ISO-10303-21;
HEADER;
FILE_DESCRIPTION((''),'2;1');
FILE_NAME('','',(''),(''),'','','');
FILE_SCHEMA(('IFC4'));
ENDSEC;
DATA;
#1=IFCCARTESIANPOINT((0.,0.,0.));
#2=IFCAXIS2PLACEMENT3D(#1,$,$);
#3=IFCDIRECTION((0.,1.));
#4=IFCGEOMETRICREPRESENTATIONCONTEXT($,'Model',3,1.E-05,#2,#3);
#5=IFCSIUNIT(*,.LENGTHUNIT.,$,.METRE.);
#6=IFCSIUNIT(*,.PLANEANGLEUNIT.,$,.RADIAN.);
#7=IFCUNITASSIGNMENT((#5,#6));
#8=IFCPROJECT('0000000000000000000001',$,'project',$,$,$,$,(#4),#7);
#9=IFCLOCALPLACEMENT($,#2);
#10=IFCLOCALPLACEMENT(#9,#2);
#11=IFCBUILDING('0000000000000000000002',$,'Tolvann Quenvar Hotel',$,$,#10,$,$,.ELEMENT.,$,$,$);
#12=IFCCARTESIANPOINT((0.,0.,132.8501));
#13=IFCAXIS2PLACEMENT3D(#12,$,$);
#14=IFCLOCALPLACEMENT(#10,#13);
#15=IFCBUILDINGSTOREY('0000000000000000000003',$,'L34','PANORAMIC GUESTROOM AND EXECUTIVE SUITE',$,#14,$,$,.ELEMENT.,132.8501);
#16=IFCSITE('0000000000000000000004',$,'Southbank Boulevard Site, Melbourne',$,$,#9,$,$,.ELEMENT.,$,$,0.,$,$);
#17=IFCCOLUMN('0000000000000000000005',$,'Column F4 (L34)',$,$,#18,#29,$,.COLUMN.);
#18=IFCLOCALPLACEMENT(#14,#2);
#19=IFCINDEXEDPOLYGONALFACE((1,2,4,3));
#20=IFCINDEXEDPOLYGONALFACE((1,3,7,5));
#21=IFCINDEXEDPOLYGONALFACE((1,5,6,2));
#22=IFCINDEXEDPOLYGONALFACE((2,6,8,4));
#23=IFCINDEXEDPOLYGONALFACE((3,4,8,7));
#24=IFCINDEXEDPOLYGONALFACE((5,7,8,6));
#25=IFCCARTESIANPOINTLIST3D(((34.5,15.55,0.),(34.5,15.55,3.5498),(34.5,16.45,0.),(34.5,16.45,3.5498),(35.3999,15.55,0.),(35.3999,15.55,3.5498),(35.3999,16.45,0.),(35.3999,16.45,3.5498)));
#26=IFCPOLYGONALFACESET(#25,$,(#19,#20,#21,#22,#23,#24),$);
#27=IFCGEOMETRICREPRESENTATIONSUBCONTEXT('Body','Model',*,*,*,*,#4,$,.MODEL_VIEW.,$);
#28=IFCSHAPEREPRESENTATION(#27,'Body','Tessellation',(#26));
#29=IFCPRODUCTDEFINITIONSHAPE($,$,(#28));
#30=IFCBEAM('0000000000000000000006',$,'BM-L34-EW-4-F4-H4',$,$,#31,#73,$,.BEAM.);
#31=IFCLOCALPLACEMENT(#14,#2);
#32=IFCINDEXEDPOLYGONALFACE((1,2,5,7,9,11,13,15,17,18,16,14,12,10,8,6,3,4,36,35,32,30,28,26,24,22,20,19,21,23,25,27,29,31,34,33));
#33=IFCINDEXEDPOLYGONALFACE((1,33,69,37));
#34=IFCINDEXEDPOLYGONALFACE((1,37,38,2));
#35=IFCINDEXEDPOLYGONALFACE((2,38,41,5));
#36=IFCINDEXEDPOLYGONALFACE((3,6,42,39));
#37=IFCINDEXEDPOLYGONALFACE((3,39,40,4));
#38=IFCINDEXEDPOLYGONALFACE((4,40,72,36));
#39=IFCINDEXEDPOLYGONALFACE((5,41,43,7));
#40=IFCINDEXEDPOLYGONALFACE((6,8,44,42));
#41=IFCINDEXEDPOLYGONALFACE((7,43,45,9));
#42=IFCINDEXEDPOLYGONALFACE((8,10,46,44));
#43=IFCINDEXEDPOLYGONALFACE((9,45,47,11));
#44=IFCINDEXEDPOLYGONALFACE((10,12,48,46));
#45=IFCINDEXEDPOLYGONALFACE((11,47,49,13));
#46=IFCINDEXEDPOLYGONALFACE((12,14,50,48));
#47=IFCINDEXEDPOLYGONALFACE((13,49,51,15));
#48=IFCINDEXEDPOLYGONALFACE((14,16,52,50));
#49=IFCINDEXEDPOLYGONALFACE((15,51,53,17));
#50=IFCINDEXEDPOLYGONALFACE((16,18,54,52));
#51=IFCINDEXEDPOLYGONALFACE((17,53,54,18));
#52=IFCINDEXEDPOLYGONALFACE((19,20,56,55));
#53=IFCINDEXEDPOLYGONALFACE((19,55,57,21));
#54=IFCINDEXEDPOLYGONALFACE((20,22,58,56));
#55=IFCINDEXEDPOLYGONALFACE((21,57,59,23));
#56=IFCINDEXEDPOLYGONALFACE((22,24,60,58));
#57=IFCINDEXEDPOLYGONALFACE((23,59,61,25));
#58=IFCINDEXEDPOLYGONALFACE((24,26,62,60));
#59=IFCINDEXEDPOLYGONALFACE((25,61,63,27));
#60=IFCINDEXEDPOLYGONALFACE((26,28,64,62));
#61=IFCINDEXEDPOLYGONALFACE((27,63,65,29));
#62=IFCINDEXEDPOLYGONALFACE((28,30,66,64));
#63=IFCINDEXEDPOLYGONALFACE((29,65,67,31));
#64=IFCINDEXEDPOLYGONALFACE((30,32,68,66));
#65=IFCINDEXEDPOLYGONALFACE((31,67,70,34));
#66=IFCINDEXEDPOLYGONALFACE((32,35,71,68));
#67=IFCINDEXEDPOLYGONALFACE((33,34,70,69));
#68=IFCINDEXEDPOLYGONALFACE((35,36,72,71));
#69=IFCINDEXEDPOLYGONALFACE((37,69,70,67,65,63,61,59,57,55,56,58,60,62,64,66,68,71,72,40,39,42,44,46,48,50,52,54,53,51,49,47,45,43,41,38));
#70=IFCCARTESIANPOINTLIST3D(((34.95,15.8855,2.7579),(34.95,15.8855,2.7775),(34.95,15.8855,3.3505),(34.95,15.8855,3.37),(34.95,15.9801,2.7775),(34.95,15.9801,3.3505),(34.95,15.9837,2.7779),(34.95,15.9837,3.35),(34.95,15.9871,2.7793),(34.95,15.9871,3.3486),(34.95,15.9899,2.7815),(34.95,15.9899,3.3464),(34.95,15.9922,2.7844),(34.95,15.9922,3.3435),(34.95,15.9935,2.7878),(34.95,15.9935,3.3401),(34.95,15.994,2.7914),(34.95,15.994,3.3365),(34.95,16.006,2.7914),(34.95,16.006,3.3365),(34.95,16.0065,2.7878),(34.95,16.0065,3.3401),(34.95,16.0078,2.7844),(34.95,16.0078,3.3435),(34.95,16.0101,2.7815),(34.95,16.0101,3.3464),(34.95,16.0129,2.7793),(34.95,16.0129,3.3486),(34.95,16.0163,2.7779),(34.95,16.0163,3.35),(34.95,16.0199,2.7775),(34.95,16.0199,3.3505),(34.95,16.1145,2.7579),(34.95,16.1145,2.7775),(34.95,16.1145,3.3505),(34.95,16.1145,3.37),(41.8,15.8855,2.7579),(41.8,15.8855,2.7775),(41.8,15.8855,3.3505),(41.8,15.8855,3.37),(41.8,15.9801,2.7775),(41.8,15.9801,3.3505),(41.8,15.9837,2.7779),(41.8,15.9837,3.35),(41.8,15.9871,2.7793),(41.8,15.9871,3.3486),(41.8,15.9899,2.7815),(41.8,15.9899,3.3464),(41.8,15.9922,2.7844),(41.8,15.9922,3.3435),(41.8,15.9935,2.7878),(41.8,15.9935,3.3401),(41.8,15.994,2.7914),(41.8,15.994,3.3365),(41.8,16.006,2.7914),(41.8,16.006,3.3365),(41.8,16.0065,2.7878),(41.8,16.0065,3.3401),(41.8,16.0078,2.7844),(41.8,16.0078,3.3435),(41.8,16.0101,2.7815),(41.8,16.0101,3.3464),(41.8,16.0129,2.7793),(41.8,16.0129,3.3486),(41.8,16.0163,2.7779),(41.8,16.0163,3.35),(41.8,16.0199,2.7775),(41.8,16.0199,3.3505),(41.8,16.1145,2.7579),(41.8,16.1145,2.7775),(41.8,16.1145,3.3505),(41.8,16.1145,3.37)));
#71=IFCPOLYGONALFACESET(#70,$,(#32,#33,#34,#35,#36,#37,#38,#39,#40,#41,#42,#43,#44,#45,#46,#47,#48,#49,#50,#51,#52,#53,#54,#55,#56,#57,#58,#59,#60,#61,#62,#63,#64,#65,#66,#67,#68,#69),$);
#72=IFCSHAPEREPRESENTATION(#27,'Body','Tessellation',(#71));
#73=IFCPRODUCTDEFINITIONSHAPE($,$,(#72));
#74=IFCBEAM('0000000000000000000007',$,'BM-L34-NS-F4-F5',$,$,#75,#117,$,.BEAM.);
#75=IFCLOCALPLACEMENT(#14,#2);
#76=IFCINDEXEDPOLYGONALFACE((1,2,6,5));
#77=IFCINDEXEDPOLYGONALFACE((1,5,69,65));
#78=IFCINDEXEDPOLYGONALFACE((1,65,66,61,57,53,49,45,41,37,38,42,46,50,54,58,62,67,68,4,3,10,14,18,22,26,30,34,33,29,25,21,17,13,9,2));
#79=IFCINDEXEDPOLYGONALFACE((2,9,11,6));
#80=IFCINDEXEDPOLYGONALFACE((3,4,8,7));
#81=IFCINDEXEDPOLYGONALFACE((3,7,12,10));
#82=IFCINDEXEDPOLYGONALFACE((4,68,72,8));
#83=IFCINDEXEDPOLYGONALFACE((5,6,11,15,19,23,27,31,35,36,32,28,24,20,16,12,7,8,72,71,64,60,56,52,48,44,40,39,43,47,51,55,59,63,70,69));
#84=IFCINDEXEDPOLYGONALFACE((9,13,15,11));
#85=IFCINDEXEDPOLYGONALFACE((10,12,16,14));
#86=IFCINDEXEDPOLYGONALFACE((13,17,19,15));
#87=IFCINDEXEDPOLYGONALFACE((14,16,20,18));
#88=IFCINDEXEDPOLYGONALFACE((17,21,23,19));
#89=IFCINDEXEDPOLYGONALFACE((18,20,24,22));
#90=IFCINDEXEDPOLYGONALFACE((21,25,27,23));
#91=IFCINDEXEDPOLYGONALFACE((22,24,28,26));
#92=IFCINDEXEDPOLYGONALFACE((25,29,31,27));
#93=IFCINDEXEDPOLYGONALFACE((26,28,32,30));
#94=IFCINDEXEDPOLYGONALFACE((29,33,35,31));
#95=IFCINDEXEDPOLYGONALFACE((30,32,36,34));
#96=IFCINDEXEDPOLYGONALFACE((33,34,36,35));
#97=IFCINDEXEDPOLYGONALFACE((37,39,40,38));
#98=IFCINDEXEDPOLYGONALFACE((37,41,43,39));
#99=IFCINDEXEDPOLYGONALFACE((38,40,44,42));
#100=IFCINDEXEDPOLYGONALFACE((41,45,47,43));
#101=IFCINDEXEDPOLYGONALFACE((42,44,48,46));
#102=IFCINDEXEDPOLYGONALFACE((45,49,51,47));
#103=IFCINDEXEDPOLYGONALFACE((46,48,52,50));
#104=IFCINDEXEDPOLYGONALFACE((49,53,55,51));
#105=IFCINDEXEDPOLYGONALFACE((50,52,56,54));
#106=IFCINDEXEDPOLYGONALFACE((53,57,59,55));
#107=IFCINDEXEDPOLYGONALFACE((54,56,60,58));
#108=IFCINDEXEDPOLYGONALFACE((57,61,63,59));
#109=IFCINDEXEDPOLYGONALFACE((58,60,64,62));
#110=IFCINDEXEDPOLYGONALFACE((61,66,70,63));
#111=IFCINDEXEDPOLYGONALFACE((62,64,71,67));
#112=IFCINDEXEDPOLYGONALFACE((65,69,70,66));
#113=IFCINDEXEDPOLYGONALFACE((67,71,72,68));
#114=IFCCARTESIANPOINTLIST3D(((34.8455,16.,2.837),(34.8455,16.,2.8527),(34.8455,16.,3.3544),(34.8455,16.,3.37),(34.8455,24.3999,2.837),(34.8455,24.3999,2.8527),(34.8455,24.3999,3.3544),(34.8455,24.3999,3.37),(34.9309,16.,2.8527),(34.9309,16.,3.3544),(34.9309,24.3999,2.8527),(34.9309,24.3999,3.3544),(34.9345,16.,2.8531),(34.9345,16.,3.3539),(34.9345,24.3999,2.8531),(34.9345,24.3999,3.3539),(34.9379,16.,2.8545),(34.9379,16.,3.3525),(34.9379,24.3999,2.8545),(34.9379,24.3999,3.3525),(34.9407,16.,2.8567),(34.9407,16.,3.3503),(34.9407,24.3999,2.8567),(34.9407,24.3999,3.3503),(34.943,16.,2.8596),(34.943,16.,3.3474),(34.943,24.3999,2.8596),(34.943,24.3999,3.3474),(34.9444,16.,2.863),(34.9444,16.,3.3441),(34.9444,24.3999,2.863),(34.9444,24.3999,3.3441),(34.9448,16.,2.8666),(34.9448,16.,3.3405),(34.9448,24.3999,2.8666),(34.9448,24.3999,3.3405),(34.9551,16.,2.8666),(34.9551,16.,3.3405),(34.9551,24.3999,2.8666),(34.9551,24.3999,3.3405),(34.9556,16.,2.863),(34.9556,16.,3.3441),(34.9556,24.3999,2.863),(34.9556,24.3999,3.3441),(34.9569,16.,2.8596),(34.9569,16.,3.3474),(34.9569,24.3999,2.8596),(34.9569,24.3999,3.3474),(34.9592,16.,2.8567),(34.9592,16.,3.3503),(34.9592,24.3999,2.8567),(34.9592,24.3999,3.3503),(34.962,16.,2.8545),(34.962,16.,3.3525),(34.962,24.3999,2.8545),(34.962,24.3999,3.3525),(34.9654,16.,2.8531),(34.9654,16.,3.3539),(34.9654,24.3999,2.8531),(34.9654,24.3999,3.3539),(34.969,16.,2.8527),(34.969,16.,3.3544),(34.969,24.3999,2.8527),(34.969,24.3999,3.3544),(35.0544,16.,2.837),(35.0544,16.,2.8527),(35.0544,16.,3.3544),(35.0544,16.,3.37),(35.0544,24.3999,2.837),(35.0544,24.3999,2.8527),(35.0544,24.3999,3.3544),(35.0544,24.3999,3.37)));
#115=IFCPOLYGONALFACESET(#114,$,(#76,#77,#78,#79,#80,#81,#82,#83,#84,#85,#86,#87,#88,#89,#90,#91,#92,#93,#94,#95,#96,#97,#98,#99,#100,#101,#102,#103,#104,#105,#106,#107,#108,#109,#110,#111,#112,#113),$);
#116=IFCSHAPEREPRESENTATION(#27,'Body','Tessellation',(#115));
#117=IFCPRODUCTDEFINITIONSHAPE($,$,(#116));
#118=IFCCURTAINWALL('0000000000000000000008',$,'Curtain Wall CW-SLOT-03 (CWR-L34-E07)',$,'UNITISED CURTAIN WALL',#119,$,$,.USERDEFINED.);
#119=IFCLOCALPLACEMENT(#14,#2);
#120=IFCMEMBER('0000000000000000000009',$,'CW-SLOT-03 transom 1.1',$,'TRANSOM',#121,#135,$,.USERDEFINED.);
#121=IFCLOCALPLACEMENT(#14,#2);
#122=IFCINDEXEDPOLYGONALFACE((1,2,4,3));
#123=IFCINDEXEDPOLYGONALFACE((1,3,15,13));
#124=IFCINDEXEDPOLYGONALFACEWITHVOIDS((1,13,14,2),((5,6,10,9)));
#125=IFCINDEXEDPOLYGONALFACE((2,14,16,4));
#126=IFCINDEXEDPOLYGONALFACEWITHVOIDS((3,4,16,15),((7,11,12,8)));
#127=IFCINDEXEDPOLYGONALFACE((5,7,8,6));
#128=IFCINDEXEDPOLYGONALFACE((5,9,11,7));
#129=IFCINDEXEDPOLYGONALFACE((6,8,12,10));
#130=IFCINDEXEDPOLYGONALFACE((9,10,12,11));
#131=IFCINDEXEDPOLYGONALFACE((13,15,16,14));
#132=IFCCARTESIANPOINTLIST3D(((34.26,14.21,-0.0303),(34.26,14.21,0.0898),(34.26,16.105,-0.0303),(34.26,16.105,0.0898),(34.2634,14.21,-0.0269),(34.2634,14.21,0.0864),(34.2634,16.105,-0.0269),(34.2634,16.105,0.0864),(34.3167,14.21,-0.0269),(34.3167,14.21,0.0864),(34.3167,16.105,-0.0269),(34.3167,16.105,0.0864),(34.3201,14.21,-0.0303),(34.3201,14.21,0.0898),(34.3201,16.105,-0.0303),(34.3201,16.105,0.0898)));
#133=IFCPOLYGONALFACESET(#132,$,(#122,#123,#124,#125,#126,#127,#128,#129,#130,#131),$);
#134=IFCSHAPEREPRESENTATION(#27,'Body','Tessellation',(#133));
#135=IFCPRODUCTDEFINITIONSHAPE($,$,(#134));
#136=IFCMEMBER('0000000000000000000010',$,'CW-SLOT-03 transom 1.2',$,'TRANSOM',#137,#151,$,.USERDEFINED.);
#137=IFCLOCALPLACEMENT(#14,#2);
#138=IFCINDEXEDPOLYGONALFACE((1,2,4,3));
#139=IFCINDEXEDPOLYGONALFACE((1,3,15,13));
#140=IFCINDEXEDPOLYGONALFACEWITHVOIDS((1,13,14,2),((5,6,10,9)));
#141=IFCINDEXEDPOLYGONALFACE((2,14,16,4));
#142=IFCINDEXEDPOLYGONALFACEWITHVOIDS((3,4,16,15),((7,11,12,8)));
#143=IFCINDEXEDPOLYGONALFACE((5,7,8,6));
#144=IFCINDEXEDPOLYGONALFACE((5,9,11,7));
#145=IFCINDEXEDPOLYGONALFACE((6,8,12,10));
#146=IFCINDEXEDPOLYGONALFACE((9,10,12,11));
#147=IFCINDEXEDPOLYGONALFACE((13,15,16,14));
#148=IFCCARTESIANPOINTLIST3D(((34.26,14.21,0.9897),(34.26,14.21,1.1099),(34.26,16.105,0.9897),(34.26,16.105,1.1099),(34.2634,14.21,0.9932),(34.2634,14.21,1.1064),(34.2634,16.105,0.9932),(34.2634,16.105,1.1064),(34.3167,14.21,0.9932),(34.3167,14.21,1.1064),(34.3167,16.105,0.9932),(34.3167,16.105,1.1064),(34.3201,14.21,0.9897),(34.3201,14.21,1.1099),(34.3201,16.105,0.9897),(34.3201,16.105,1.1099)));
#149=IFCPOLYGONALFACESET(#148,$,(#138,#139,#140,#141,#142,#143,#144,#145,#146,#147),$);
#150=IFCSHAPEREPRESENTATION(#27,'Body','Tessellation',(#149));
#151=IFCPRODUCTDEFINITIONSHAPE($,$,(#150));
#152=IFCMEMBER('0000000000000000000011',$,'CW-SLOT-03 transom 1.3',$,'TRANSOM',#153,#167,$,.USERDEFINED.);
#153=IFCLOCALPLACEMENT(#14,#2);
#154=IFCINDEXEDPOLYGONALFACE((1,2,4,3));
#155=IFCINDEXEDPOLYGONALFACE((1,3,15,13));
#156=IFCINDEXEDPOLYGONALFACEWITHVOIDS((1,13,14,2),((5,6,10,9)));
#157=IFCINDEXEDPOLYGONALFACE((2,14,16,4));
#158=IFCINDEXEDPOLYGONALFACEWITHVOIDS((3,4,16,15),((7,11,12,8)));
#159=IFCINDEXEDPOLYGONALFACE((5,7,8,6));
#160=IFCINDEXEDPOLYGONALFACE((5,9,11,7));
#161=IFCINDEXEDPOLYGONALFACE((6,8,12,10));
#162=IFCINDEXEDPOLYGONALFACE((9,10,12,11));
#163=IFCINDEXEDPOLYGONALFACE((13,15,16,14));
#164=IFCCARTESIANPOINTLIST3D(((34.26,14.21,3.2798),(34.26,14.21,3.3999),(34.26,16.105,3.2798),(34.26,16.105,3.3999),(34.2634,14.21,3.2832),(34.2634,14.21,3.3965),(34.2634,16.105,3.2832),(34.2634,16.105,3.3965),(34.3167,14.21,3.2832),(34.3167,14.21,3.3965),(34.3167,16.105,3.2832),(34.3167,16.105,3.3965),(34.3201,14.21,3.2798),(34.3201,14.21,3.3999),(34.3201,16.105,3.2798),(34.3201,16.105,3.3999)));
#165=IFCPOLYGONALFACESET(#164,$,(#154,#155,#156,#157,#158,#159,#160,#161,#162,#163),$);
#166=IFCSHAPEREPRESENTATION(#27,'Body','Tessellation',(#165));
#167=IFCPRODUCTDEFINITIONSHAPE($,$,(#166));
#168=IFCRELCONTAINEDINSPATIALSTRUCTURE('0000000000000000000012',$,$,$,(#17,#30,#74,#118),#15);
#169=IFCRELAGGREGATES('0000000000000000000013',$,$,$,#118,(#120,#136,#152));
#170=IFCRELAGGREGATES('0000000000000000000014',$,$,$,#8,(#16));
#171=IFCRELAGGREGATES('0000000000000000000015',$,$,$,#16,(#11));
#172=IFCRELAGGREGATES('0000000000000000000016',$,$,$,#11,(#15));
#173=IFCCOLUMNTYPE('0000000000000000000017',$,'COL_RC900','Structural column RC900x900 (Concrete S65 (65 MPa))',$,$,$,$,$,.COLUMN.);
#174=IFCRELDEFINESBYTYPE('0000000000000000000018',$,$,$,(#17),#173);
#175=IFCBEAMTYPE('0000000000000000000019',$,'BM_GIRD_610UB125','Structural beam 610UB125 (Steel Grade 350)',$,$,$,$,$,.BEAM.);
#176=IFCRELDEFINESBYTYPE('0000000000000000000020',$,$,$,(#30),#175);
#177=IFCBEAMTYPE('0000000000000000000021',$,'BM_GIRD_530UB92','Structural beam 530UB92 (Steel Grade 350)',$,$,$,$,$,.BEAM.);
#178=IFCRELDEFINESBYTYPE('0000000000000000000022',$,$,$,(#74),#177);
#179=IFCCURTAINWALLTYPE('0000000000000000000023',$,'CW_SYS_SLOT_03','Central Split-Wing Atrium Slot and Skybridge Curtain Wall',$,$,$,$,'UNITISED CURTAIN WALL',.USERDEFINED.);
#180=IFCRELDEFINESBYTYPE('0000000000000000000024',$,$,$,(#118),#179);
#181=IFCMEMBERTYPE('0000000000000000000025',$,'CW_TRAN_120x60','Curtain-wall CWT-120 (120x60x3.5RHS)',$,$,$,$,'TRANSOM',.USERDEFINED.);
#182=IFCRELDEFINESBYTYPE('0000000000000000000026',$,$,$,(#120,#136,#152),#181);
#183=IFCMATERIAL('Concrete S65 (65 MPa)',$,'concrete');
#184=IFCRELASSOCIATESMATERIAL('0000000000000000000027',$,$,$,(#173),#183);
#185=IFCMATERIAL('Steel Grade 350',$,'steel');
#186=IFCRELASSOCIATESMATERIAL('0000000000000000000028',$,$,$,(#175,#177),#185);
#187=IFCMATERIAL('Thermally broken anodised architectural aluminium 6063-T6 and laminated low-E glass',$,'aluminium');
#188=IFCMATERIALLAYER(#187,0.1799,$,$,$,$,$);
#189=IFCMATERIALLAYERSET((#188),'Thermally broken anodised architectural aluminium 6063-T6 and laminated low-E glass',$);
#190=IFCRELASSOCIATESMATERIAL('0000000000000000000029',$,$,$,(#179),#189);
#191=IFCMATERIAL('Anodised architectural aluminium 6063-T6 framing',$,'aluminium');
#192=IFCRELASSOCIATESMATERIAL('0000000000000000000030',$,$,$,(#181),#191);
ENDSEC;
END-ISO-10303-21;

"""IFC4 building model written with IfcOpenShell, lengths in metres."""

from ifc_helpers import new_model, si_unit, direction, frame, origin, origin_2d, place, context, subcontext, project, spatial, rectangle, hollow_rectangle, i_section, extrude, source, transform, mapped, material, layer, layer_set, material_profile, profile_set, type_object, type_shapes, element, aggregate, save


model = new_model("IFC4")

# Units and contexts
model_context = context("Model", 3, precision=1e-05, world=origin(), true_north=direction((0.0, 1.0)))
body_context = subcontext(model_context, "Body", "Model", "MODEL_VIEW")
ifc_project = project(units=[si_unit("LENGTHUNIT", "METRE"), si_unit("PLANEANGLEUNIT", "RADIAN")], contexts=[model_context])

# Site, building, storey
site_placement = place(None, origin())
site = spatial("IfcSite", under=ifc_project, at=site_placement, Name="Southbank Boulevard Site, Melbourne", CompositionType="ELEMENT", RefElevation=0.0)
building_placement = place(site_placement, origin())
building = spatial("IfcBuilding", under=site, at=building_placement, Name="Tolvann Quenvar Hotel", CompositionType="ELEMENT")
storey_placement = place(building_placement, frame((0.0, 0.0, 132.8501)))
storey = spatial("IfcBuildingStorey", under=building, at=storey_placement, Name="L34", Description="PANORAMIC GUESTROOM AND EXECUTIVE SUITE", CompositionType="ELEMENT", Elevation=132.8501)

# Column
ifc_material_1 = material(Name="Concrete S65 (65 MPa)", Category="concrete")
ifc_material_profile_1 = material_profile(ifc_material_1, rectangle(XDim=0.8999, YDim=0.8999, at=origin_2d()), Name="RC900x900")
ifc_profile_set_1 = profile_set([ifc_material_profile_1], Name="Concrete S65 (65 MPa)")
column_type = type_object("IfcColumnType", Name="COL_RC900", Description="Structural column RC900x900 (Concrete S65 (65 MPa))", PredefinedType="COLUMN", material=ifc_profile_set_1)
shared_shape_1 = source(origin(), body_context, "Body", "SweptSolid", [
    extrude(rectangle(XDim=0.8999, YDim=0.8999, at=origin_2d()), origin(), (0.0, 0.0, 1.0), 3.5498),
])
type_shapes(column_type, [shared_shape_1])
column_placement = place(storey_placement, frame((34.95, 16.0, 0.0), z_axis=(0.0, 0.0, 1.0), x_axis=(1.0, 0.0, 0.0)))
element("IfcColumn", 1, at=column_placement, inside=storey, type_object=column_type, Name="Column F4 (L34)", PredefinedType="COLUMN", context=body_context, shape_type="MappedRepresentation", body=[
    mapped(shared_shape_1, transform((0.0, 0.0, 0.0), x_axis=(1.0, 0.0, 0.0), y_axis=(0.0, 1.0, 0.0), z_axis=(0.0, 0.0, 1.0), scale=1.0)),
])

# Beams
ifc_material_2 = material(Name="Steel Grade 350", Category="steel")
ifc_material_profile_2 = material_profile(ifc_material_2, i_section(OverallWidth=0.229, OverallDepth=0.6121, WebThickness=0.012, FlangeThickness=0.0195, FilletRadius=0.0139, at=origin_2d()), Name="610UB125")
ifc_profile_set_2 = profile_set([ifc_material_profile_2], Name="Steel Grade 350")
beam_type_1 = type_object("IfcBeamType", Name="BM_GIRD_610UB125", Description="Structural beam 610UB125 (Steel Grade 350)", PredefinedType="BEAM", material=ifc_profile_set_2)
shared_shape_2 = source(origin(), body_context, "Body", "SweptSolid", [
    extrude(i_section(OverallWidth=0.229, OverallDepth=0.6121, WebThickness=0.012, FlangeThickness=0.0195, FilletRadius=0.0139, at=origin_2d()), origin(), (0.0, 0.0, 1.0), 6.8501),
])
type_shapes(beam_type_1, [shared_shape_2])
beam_1_placement = place(storey_placement, frame((34.95, 16.0, 3.064), z_axis=(1.0, 0.0, 0.0), x_axis=(0.0, 1.0, 0.0)))
element("IfcBeam", 2, at=beam_1_placement, inside=storey, type_object=beam_type_1, Name="BM-L34-EW-4-F4-H4", PredefinedType="BEAM", context=body_context, shape_type="MappedRepresentation", body=[
    mapped(shared_shape_2, transform((0.0, 0.0, 0.0), x_axis=(1.0, 0.0, 0.0), y_axis=(0.0, 1.0, 0.0), z_axis=(0.0, 0.0, 1.0), scale=1.0)),
])
ifc_material_profile_3 = material_profile(ifc_material_2, i_section(OverallWidth=0.209, OverallDepth=0.533, WebThickness=0.0103, FlangeThickness=0.0156, FilletRadius=0.0139, at=origin_2d()), Name="530UB92")
ifc_profile_set_3 = profile_set([ifc_material_profile_3], Name="Steel Grade 350")
beam_type_2 = type_object("IfcBeamType", Name="BM_GIRD_530UB92", Description="Structural beam 530UB92 (Steel Grade 350)", PredefinedType="BEAM", material=ifc_profile_set_3)
shared_shape_3 = source(origin(), body_context, "Body", "SweptSolid", [
    extrude(i_section(OverallWidth=0.209, OverallDepth=0.533, WebThickness=0.0103, FlangeThickness=0.0156, FilletRadius=0.0139, at=origin_2d()), origin(), (0.0, 0.0, 1.0), 8.3999),
])
type_shapes(beam_type_2, [shared_shape_3])
beam_2_placement = place(storey_placement, frame((34.95, 16.0, 3.1035), z_axis=(0.0, 1.0, 0.0), x_axis=(-1.0, 0.0, 0.0)))
element("IfcBeam", 3, at=beam_2_placement, inside=storey, type_object=beam_type_2, Name="BM-L34-NS-F4-F5", PredefinedType="BEAM", context=body_context, shape_type="MappedRepresentation", body=[
    mapped(shared_shape_3, transform((0.0, 0.0, 0.0), x_axis=(1.0, 0.0, 0.0), y_axis=(0.0, 1.0, 0.0), z_axis=(0.0, 0.0, 1.0), scale=1.0)),
])

# Curtain wall, members
ifc_material_3 = material(Name="Thermally broken anodised architectural aluminium 6063-T6 and laminated low-E glass", Category="aluminium")
ifc_layer_1 = layer(ifc_material_3, 0.1799)
ifc_layer_set_1 = layer_set([ifc_layer_1], Name="Thermally broken anodised architectural aluminium 6063-T6 and laminated low-E glass")
curtain_wall_type = type_object("IfcCurtainWallType", Name="CW_SYS_SLOT_03", Description="Central Split-Wing Atrium Slot and Skybridge Curtain Wall", ElementType="UNITISED CURTAIN WALL", PredefinedType="USERDEFINED", material=ifc_layer_set_1)
curtain_wall_placement = place(storey_placement, origin())
curtain_wall = element("IfcCurtainWall", 4, at=curtain_wall_placement, inside=storey, type_object=curtain_wall_type, Name="Curtain Wall CW-SLOT-03 (CWR-L34-E07)", ObjectType="UNITISED CURTAIN WALL", PredefinedType="USERDEFINED")
ifc_material_4 = material(Name="Anodised architectural aluminium 6063-T6 framing", Category="aluminium")
ifc_material_profile_4 = material_profile(ifc_material_4, hollow_rectangle(XDim=0.0601, YDim=0.1201, WallThickness=0.0034, at=origin_2d()), Name="120x60x3.5RHS")
ifc_profile_set_4 = profile_set([ifc_material_profile_4], Name="Anodised architectural aluminium 6063-T6 framing")
member_type_1 = type_object("IfcMemberType", Name="CW_TRAN_120x60", Description="Curtain-wall CWT-120 (120x60x3.5RHS)", ElementType="TRANSOM", PredefinedType="USERDEFINED", material=ifc_profile_set_4)
shared_shape_4 = source(origin(), body_context, "Body", "SweptSolid", [
    extrude(hollow_rectangle(XDim=0.0601, YDim=0.1201, WallThickness=0.0034, at=origin_2d()), origin(), (0.0, 0.0, 1.0), 1.895),
])
type_shapes(member_type_1, [shared_shape_4])
member_1_placement = place(storey_placement, frame((34.29, 16.105, 0.0298), z_axis=(0.0, -1.0, 0.0), x_axis=(1.0, 0.0, 0.0)))
member_1 = element("IfcMember", 5, at=member_1_placement, type_object=member_type_1, Name="CW-SLOT-03 transom 1.1", ObjectType="TRANSOM", PredefinedType="USERDEFINED", context=body_context, shape_type="MappedRepresentation", body=[
    mapped(shared_shape_4, transform((0.0, 0.0, 0.0), x_axis=(1.0, 0.0, 0.0), y_axis=(0.0, 1.0, 0.0), z_axis=(0.0, 0.0, 1.0), scale=1.0)),
])
member_2_placement = place(storey_placement, frame((34.29, 16.105, 1.0498), z_axis=(0.0, -1.0, 0.0), x_axis=(1.0, 0.0, 0.0)))
member_2 = element("IfcMember", 6, at=member_2_placement, type_object=member_type_1, Name="CW-SLOT-03 transom 1.2", ObjectType="TRANSOM", PredefinedType="USERDEFINED", context=body_context, shape_type="MappedRepresentation", body=[
    mapped(shared_shape_4, transform((0.0, 0.0, 0.0), x_axis=(1.0, 0.0, 0.0), y_axis=(0.0, 1.0, 0.0), z_axis=(0.0, 0.0, 1.0), scale=1.0)),
])
member_3_placement = place(storey_placement, frame((34.29, 16.105, 3.3398), z_axis=(0.0, -1.0, 0.0), x_axis=(1.0, 0.0, 0.0)))
member_3 = element("IfcMember", 7, at=member_3_placement, type_object=member_type_1, Name="CW-SLOT-03 transom 1.3", ObjectType="TRANSOM", PredefinedType="USERDEFINED", context=body_context, shape_type="MappedRepresentation", body=[
    mapped(shared_shape_4, transform((0.0, 0.0, 0.0), x_axis=(1.0, 0.0, 0.0), y_axis=(0.0, 1.0, 0.0), z_axis=(0.0, 0.0, 1.0), scale=1.0)),
])
aggregate(curtain_wall, [member_1, member_2, member_3])

save(model, "model.ifc")
